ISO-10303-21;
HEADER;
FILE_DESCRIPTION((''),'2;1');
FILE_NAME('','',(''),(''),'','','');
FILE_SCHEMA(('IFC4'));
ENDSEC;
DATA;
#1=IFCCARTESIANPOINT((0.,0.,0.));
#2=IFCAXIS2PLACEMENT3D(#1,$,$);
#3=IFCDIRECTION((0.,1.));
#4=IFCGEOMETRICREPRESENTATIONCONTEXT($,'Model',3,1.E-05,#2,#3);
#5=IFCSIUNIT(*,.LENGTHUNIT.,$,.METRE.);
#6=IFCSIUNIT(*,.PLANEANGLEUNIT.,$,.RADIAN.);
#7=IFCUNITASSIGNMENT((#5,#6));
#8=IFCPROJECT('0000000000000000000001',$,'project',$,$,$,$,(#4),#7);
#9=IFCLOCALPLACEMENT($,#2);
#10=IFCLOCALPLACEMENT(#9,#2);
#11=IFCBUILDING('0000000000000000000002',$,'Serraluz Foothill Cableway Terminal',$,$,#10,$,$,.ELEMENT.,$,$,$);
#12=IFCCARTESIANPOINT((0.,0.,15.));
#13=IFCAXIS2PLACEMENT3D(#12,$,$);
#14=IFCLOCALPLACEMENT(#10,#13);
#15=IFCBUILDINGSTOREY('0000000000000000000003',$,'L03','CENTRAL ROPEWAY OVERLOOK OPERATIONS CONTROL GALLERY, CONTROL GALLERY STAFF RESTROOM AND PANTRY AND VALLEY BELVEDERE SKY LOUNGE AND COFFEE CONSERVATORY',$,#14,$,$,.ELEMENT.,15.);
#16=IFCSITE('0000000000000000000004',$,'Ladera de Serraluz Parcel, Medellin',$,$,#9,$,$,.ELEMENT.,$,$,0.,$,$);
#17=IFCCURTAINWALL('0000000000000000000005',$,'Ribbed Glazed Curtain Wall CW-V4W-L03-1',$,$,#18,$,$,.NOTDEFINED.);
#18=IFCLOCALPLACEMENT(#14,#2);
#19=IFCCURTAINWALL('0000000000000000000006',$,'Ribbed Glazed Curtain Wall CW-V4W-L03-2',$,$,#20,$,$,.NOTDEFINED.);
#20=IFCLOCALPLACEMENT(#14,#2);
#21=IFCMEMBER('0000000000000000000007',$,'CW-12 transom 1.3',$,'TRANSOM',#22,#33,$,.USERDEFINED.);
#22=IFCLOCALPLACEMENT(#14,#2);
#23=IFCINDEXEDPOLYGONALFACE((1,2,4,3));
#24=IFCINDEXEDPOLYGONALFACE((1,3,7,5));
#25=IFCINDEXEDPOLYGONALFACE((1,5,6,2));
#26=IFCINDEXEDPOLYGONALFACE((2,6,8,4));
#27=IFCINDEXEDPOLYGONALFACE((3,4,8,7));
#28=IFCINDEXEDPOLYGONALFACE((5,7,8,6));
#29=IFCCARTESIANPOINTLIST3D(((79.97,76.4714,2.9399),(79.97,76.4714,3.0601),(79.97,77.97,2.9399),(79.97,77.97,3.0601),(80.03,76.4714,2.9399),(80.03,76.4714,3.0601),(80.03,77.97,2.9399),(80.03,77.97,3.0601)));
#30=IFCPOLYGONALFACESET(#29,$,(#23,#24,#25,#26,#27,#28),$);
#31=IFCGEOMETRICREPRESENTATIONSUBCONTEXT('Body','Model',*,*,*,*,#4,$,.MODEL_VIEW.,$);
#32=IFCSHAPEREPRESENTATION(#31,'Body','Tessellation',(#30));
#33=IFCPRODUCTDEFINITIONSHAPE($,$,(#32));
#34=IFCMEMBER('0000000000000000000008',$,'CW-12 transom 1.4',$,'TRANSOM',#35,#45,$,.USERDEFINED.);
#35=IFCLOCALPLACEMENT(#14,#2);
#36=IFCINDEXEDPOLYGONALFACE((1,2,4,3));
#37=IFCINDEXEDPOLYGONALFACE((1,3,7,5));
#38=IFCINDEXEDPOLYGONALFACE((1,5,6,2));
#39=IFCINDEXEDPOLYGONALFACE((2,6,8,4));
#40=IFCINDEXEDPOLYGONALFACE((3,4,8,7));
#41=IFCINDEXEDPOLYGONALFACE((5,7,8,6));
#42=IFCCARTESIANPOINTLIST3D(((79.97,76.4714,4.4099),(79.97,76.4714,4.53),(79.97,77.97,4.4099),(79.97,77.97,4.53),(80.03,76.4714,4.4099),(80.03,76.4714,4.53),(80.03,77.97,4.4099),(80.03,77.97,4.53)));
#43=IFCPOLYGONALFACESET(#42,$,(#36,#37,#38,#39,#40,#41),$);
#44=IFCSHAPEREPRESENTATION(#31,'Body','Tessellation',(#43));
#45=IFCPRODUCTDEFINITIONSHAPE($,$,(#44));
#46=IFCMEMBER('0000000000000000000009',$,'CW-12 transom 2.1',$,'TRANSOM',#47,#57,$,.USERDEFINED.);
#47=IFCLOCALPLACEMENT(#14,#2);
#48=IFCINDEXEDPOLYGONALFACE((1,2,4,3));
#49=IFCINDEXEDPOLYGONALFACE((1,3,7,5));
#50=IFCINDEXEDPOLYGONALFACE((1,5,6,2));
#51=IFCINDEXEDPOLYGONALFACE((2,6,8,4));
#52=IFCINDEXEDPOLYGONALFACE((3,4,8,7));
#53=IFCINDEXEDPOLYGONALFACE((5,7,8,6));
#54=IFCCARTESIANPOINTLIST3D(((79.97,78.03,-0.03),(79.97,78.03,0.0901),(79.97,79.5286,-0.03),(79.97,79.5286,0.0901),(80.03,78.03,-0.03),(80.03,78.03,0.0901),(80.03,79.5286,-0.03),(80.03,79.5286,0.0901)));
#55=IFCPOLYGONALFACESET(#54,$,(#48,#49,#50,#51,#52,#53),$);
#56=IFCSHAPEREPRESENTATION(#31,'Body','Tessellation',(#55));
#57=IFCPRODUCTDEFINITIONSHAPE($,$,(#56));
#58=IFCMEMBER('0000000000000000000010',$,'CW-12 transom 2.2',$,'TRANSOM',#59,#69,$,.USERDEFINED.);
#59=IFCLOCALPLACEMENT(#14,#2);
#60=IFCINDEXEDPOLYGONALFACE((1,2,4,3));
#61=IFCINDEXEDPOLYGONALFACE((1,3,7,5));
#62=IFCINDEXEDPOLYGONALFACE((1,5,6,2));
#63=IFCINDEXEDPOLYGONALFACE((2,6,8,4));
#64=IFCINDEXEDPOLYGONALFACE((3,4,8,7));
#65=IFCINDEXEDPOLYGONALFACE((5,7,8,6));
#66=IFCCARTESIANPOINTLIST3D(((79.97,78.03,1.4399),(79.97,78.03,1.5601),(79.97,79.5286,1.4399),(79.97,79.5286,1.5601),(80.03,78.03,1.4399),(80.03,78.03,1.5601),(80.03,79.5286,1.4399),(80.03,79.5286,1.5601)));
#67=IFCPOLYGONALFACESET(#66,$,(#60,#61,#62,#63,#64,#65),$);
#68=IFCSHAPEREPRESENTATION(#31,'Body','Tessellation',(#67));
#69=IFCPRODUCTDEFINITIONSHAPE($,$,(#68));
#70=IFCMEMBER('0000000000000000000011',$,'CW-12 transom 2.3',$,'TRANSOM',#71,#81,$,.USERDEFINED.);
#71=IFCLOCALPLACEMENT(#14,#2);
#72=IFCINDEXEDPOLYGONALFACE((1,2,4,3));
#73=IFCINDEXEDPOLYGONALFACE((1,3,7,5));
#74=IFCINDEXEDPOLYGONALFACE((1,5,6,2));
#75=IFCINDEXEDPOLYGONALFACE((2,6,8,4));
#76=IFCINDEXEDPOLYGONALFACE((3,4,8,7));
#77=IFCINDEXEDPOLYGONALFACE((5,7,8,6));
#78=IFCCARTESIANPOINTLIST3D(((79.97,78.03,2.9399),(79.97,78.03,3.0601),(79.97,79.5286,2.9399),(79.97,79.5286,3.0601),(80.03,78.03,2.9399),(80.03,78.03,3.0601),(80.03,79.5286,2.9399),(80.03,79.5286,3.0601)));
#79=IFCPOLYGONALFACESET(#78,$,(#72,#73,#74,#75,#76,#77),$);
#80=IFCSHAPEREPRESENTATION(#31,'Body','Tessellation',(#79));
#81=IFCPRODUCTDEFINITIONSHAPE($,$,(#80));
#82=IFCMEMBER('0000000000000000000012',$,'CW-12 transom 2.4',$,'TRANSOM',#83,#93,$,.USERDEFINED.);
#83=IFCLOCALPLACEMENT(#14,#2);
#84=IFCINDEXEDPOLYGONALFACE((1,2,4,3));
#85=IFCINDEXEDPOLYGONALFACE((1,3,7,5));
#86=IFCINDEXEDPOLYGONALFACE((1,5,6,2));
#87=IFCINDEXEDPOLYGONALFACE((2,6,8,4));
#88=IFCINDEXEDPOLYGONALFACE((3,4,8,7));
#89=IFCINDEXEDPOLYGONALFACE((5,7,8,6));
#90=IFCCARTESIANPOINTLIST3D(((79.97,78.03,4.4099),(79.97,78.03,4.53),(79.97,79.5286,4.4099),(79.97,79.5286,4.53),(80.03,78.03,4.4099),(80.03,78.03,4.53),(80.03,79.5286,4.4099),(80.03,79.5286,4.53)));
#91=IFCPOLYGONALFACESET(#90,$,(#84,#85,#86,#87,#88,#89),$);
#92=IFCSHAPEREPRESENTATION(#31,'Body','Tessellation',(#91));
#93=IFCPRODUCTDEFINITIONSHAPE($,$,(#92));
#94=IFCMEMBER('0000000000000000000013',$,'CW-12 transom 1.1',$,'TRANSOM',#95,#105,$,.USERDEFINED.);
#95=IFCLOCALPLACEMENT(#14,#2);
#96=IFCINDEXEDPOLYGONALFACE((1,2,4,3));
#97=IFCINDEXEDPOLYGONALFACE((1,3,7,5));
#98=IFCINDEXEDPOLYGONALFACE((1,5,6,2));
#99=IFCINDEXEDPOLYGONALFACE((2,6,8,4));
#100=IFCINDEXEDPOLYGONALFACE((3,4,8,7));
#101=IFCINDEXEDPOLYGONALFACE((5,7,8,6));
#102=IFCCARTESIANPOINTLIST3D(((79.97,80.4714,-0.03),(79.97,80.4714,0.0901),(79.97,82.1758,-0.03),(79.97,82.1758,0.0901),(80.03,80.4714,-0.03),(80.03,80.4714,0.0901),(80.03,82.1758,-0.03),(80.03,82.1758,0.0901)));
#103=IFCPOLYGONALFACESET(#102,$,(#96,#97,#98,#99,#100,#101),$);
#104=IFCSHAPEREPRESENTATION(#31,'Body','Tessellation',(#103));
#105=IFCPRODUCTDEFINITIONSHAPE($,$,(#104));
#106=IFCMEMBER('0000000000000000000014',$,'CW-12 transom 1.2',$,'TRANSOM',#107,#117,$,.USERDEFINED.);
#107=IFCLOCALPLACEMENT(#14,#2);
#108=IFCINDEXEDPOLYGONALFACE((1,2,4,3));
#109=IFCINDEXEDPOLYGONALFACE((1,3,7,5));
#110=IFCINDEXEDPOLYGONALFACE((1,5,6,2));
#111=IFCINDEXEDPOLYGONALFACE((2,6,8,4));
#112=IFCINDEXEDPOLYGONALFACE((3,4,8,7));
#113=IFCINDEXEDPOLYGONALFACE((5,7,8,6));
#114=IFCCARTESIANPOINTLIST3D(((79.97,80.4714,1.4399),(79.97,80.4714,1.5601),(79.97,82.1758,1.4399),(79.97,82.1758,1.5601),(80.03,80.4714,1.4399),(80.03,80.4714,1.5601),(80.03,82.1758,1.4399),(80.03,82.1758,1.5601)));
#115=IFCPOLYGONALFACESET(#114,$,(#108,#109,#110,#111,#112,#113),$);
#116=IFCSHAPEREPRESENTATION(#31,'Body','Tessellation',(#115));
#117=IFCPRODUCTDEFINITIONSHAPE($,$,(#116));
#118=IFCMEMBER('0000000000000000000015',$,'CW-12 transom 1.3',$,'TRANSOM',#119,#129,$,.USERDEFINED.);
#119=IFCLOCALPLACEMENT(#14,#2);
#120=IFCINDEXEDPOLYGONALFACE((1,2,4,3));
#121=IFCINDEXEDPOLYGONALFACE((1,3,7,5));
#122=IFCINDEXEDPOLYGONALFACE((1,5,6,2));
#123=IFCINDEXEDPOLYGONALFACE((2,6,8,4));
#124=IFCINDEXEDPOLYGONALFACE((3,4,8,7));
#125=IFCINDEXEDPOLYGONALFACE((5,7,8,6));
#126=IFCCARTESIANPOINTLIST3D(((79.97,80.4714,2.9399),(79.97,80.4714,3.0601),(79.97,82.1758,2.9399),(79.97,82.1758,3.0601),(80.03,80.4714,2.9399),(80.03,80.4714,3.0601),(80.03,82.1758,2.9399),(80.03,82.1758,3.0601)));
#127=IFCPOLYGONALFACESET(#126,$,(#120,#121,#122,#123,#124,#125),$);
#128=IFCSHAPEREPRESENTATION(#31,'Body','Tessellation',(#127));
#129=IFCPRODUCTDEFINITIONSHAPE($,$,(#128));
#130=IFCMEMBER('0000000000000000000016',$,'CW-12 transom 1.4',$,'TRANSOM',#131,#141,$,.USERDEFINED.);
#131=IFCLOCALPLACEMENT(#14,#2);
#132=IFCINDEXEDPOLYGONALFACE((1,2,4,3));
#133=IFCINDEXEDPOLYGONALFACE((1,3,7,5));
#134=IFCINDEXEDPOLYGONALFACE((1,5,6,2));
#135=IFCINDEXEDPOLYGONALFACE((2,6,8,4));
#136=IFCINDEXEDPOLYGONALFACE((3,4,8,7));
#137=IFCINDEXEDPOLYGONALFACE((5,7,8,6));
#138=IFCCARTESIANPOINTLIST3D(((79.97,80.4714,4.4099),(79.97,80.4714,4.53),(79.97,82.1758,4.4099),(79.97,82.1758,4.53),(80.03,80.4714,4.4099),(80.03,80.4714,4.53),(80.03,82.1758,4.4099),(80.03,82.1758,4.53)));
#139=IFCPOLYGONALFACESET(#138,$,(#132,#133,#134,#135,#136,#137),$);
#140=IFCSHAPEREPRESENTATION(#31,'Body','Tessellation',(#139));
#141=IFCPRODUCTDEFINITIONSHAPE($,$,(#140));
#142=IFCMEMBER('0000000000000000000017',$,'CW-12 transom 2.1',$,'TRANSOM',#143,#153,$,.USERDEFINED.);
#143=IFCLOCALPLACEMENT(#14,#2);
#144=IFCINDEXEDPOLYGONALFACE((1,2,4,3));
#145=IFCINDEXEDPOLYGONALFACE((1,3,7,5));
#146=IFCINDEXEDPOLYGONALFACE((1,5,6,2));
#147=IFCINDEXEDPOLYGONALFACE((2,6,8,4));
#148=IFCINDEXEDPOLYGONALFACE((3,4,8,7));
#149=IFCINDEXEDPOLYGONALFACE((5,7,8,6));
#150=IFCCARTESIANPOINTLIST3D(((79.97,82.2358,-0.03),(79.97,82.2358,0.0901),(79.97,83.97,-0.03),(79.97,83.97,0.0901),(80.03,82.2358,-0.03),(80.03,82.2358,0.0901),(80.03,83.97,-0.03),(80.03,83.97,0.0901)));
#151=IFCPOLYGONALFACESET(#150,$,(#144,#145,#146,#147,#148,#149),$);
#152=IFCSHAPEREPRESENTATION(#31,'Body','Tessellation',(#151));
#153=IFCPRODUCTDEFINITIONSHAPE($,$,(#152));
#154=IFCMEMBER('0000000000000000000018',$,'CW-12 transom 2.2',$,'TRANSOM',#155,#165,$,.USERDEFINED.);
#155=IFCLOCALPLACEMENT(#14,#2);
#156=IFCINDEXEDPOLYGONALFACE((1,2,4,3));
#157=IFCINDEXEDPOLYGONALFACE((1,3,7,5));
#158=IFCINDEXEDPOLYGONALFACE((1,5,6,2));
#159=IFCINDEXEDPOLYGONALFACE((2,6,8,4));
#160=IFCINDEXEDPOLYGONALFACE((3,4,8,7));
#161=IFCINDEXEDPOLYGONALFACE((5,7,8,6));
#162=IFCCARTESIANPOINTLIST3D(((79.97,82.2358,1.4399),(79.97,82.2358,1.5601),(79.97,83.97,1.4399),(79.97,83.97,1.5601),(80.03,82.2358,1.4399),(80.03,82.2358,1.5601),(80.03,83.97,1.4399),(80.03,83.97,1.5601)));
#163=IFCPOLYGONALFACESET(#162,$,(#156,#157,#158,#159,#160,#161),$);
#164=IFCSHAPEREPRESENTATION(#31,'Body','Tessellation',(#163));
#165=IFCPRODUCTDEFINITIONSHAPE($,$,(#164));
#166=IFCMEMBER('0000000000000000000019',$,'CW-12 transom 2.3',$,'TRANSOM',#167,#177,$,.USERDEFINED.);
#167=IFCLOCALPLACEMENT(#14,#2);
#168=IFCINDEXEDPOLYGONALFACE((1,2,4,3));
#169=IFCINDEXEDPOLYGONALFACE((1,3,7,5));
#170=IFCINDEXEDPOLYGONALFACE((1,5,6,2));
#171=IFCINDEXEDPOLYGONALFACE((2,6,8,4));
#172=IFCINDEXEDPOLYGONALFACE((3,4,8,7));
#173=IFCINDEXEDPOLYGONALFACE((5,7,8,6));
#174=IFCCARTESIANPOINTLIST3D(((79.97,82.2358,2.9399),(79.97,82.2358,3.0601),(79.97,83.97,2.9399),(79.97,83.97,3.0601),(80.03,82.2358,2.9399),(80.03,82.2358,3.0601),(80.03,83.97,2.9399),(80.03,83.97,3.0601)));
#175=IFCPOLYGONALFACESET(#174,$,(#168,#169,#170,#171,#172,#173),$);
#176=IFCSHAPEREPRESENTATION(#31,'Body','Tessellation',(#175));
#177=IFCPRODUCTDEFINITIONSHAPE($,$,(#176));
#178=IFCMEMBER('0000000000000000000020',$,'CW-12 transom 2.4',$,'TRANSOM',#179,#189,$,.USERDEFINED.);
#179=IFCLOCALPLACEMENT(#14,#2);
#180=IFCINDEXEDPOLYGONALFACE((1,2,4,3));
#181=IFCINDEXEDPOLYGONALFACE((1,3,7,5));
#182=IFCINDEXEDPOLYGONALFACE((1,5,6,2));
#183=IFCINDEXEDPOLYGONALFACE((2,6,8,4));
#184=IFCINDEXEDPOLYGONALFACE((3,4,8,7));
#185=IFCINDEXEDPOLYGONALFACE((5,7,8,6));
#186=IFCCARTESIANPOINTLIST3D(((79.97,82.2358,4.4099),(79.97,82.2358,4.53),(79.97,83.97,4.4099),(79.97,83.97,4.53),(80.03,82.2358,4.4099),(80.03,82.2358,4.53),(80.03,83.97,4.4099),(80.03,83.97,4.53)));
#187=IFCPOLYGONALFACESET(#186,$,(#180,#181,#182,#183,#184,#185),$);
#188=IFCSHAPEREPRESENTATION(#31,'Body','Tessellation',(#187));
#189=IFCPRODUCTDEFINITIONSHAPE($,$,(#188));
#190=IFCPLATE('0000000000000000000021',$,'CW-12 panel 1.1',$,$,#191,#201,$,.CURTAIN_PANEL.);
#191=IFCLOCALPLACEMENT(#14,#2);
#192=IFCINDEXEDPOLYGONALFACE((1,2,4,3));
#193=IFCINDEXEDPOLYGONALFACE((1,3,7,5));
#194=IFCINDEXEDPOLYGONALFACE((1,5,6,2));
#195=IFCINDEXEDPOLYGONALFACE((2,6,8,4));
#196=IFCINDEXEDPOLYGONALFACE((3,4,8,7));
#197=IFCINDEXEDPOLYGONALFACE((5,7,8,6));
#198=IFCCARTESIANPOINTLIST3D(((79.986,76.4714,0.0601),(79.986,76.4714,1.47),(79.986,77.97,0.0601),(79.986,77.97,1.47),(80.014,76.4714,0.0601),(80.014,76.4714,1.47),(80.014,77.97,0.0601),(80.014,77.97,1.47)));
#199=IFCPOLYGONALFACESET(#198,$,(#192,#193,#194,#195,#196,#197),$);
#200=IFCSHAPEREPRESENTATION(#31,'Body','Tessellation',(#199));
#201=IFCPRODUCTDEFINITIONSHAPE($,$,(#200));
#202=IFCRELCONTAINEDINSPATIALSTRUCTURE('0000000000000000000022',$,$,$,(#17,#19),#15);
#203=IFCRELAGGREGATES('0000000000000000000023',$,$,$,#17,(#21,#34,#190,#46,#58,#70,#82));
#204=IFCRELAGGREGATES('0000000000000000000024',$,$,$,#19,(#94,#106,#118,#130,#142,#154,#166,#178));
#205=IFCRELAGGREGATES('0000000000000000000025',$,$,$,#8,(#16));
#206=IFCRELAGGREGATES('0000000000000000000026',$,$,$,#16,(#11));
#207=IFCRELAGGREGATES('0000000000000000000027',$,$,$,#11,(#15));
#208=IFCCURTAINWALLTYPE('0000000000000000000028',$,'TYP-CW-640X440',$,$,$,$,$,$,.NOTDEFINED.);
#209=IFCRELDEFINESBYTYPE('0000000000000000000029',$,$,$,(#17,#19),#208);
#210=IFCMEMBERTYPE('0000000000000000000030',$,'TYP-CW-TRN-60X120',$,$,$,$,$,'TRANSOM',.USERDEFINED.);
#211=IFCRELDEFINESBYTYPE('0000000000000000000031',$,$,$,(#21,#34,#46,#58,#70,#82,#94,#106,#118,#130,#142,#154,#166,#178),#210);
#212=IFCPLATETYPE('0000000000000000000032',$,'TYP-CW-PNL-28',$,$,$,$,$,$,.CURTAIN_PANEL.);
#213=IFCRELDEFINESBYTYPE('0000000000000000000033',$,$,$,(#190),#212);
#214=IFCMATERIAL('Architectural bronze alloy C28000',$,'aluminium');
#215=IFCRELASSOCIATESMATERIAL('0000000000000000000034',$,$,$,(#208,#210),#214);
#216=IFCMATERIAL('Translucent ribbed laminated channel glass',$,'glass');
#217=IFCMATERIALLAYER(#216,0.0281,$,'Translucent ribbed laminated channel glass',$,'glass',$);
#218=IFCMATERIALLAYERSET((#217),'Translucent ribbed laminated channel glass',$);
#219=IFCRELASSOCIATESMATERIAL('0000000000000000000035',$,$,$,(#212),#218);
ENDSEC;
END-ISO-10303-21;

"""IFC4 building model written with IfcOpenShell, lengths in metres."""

from ifc_helpers import new_model, si_unit, direction, frame, origin, origin_2d, place, context, subcontext, project, spatial, rectangle, extrude, material, layer, layer_set, material_profile, profile_set, type_object, element, aggregate, save


model = new_model("IFC4")

# Units and contexts
model_context = context("Model", 3, precision=1e-05, world=origin(), true_north=direction((0.0, 1.0)))
body_context = subcontext(model_context, "Body", "Model", "MODEL_VIEW")
ifc_project = project(units=[si_unit("LENGTHUNIT", "METRE"), si_unit("PLANEANGLEUNIT", "RADIAN")], contexts=[model_context])

# Site, building, storey
site_placement = place(None, origin())
site = spatial("IfcSite", under=ifc_project, at=site_placement, Name="Ladera de Serraluz Parcel, Medellin", CompositionType="ELEMENT", RefElevation=0.0)
building_placement = place(site_placement, origin())
building = spatial("IfcBuilding", under=site, at=building_placement, Name="Serraluz Foothill Cableway Terminal", CompositionType="ELEMENT")
storey_placement = place(building_placement, frame((0.0, 0.0, 15.0)))
storey = spatial("IfcBuildingStorey", under=building, at=storey_placement, Name="L03", Description="CENTRAL ROPEWAY OVERLOOK OPERATIONS CONTROL GALLERY, CONTROL GALLERY STAFF RESTROOM AND PANTRY AND VALLEY BELVEDERE SKY LOUNGE AND COFFEE CONSERVATORY", CompositionType="ELEMENT", Elevation=15.0)

# Curtain walls
ifc_material_1 = material(Name="Architectural bronze alloy C28000", Category="aluminium")
curtain_wall_type = type_object("IfcCurtainWallType", Name="TYP-CW-640X440", PredefinedType="NOTDEFINED", material=ifc_material_1)
curtain_wall_1_placement = place(storey_placement, origin())
curtain_wall_1 = element("IfcCurtainWall", 1, at=curtain_wall_1_placement, inside=storey, type_object=curtain_wall_type, Name="Ribbed Glazed Curtain Wall CW-V4W-L03-1", PredefinedType="NOTDEFINED")
curtain_wall_2_placement = place(storey_placement, origin())
curtain_wall_2 = element("IfcCurtainWall", 2, at=curtain_wall_2_placement, inside=storey, type_object=curtain_wall_type, Name="Ribbed Glazed Curtain Wall CW-V4W-L03-2", PredefinedType="NOTDEFINED")

# Members
ifc_material_profile_1 = material_profile(ifc_material_1, rectangle(XDim=0.0601, YDim=0.1201, at=origin_2d()), Name="ALU TRANSOM 60x120")
ifc_profile_set_1 = profile_set([ifc_material_profile_1], Name="Architectural bronze alloy C28000")
member_type_1 = type_object("IfcMemberType", Name="TYP-CW-TRN-60X120", ElementType="TRANSOM", PredefinedType="USERDEFINED", material=ifc_profile_set_1)
member_1_placement = place(storey_placement, frame((80.0, 76.4714, 3.0), z_axis=(0.0, 1.0, 0.0), x_axis=(-1.0, 0.0, 0.0)))
member_1 = element("IfcMember", 3, at=member_1_placement, type_object=member_type_1, Name="CW-12 transom 1.3", ObjectType="TRANSOM", PredefinedType="USERDEFINED", context=body_context, shape_type="SweptSolid", body=[
    extrude(rectangle(XDim=0.0601, YDim=0.1201, at=origin_2d()), origin(), (0.0, 0.0, 1.0), 1.4985),
])
member_2_placement = place(storey_placement, frame((80.0, 76.4714, 4.47), z_axis=(0.0, 1.0, 0.0), x_axis=(-1.0, 0.0, 0.0)))
member_2 = element("IfcMember", 4, at=member_2_placement, type_object=member_type_1, Name="CW-12 transom 1.4", ObjectType="TRANSOM", PredefinedType="USERDEFINED", context=body_context, shape_type="SweptSolid", body=[
    extrude(rectangle(XDim=0.0601, YDim=0.1201, at=origin_2d()), origin(), (0.0, 0.0, 1.0), 1.4985),
])
member_3_placement = place(storey_placement, frame((80.0, 78.03, 0.03), z_axis=(0.0, 1.0, 0.0), x_axis=(-1.0, 0.0, 0.0)))
member_3 = element("IfcMember", 5, at=member_3_placement, type_object=member_type_1, Name="CW-12 transom 2.1", ObjectType="TRANSOM", PredefinedType="USERDEFINED", context=body_context, shape_type="SweptSolid", body=[
    extrude(rectangle(XDim=0.0601, YDim=0.1201, at=origin_2d()), origin(), (0.0, 0.0, 1.0), 1.4985),
])
member_4_placement = place(storey_placement, frame((80.0, 78.03, 1.5), z_axis=(0.0, 1.0, 0.0), x_axis=(-1.0, 0.0, 0.0)))
member_4 = element("IfcMember", 6, at=member_4_placement, type_object=member_type_1, Name="CW-12 transom 2.2", ObjectType="TRANSOM", PredefinedType="USERDEFINED", context=body_context, shape_type="SweptSolid", body=[
    extrude(rectangle(XDim=0.0601, YDim=0.1201, at=origin_2d()), origin(), (0.0, 0.0, 1.0), 1.4985),
])
member_5_placement = place(storey_placement, frame((80.0, 78.03, 3.0), z_axis=(0.0, 1.0, 0.0), x_axis=(-1.0, 0.0, 0.0)))
member_5 = element("IfcMember", 7, at=member_5_placement, type_object=member_type_1, Name="CW-12 transom 2.3", ObjectType="TRANSOM", PredefinedType="USERDEFINED", context=body_context, shape_type="SweptSolid", body=[
    extrude(rectangle(XDim=0.0601, YDim=0.1201, at=origin_2d()), origin(), (0.0, 0.0, 1.0), 1.4985),
])
member_6_placement = place(storey_placement, frame((80.0, 78.03, 4.47), z_axis=(0.0, 1.0, 0.0), x_axis=(-1.0, 0.0, 0.0)))
member_6 = element("IfcMember", 8, at=member_6_placement, type_object=member_type_1, Name="CW-12 transom 2.4", ObjectType="TRANSOM", PredefinedType="USERDEFINED", context=body_context, shape_type="SweptSolid", body=[
    extrude(rectangle(XDim=0.0601, YDim=0.1201, at=origin_2d()), origin(), (0.0, 0.0, 1.0), 1.4985),
])
member_7_placement = place(storey_placement, frame((80.0, 80.4714, 0.03), z_axis=(0.0, 1.0, 0.0), x_axis=(-1.0, 0.0, 0.0)))
member_7 = element("IfcMember", 9, at=member_7_placement, type_object=member_type_1, Name="CW-12 transom 1.1", ObjectType="TRANSOM", PredefinedType="USERDEFINED", context=body_context, shape_type="SweptSolid", body=[
    extrude(rectangle(XDim=0.0601, YDim=0.1201, at=origin_2d()), origin(), (0.0, 0.0, 1.0), 1.7043),
])
member_8_placement = place(storey_placement, frame((80.0, 80.4714, 1.5), z_axis=(0.0, 1.0, 0.0), x_axis=(-1.0, 0.0, 0.0)))
member_8 = element("IfcMember", 10, at=member_8_placement, type_object=member_type_1, Name="CW-12 transom 1.2", ObjectType="TRANSOM", PredefinedType="USERDEFINED", context=body_context, shape_type="SweptSolid", body=[
    extrude(rectangle(XDim=0.0601, YDim=0.1201, at=origin_2d()), origin(), (0.0, 0.0, 1.0), 1.7043),
])
member_9_placement = place(storey_placement, frame((80.0, 80.4714, 3.0), z_axis=(0.0, 1.0, 0.0), x_axis=(-1.0, 0.0, 0.0)))
member_9 = element("IfcMember", 11, at=member_9_placement, type_object=member_type_1, Name="CW-12 transom 1.3", ObjectType="TRANSOM", PredefinedType="USERDEFINED", context=body_context, shape_type="SweptSolid", body=[
    extrude(rectangle(XDim=0.0601, YDim=0.1201, at=origin_2d()), origin(), (0.0, 0.0, 1.0), 1.7043),
])
member_10_placement = place(storey_placement, frame((80.0, 80.4714, 4.47), z_axis=(0.0, 1.0, 0.0), x_axis=(-1.0, 0.0, 0.0)))
member_10 = element("IfcMember", 12, at=member_10_placement, type_object=member_type_1, Name="CW-12 transom 1.4", ObjectType="TRANSOM", PredefinedType="USERDEFINED", context=body_context, shape_type="SweptSolid", body=[
    extrude(rectangle(XDim=0.0601, YDim=0.1201, at=origin_2d()), origin(), (0.0, 0.0, 1.0), 1.7043),
])
member_11_placement = place(storey_placement, frame((80.0, 82.2358, 0.03), z_axis=(0.0, 1.0, 0.0), x_axis=(-1.0, 0.0, 0.0)))
member_11 = element("IfcMember", 13, at=member_11_placement, type_object=member_type_1, Name="CW-12 transom 2.1", ObjectType="TRANSOM", PredefinedType="USERDEFINED", context=body_context, shape_type="SweptSolid", body=[
    extrude(rectangle(XDim=0.0601, YDim=0.1201, at=origin_2d()), origin(), (0.0, 0.0, 1.0), 1.7341),
])
member_12_placement = place(storey_placement, frame((80.0, 82.2358, 1.5), z_axis=(0.0, 1.0, 0.0), x_axis=(-1.0, 0.0, 0.0)))
member_12 = element("IfcMember", 14, at=member_12_placement, type_object=member_type_1, Name="CW-12 transom 2.2", ObjectType="TRANSOM", PredefinedType="USERDEFINED", context=body_context, shape_type="SweptSolid", body=[
    extrude(rectangle(XDim=0.0601, YDim=0.1201, at=origin_2d()), origin(), (0.0, 0.0, 1.0), 1.7341),
])
member_13_placement = place(storey_placement, frame((80.0, 82.2358, 3.0), z_axis=(0.0, 1.0, 0.0), x_axis=(-1.0, 0.0, 0.0)))
member_13 = element("IfcMember", 15, at=member_13_placement, type_object=member_type_1, Name="CW-12 transom 2.3", ObjectType="TRANSOM", PredefinedType="USERDEFINED", context=body_context, shape_type="SweptSolid", body=[
    extrude(rectangle(XDim=0.0601, YDim=0.1201, at=origin_2d()), origin(), (0.0, 0.0, 1.0), 1.7341),
])
member_14_placement = place(storey_placement, frame((80.0, 82.2358, 4.47), z_axis=(0.0, 1.0, 0.0), x_axis=(-1.0, 0.0, 0.0)))
member_14 = element("IfcMember", 16, at=member_14_placement, type_object=member_type_1, Name="CW-12 transom 2.4", ObjectType="TRANSOM", PredefinedType="USERDEFINED", context=body_context, shape_type="SweptSolid", body=[
    extrude(rectangle(XDim=0.0601, YDim=0.1201, at=origin_2d()), origin(), (0.0, 0.0, 1.0), 1.7341),
])

# Plate
ifc_material_2 = material(Name="Translucent ribbed laminated channel glass", Category="glass")
ifc_layer_1 = layer(ifc_material_2, 0.0281, Name="Translucent ribbed laminated channel glass", Category="glass")
ifc_layer_set_1 = layer_set([ifc_layer_1], Name="Translucent ribbed laminated channel glass")
plate_type = type_object("IfcPlateType", Name="TYP-CW-PNL-28", PredefinedType="CURTAIN_PANEL", material=ifc_layer_set_1)
plate_1_placement = place(storey_placement, frame((80.0, 77.2207, 0.0601), z_axis=(0.0, 0.0, 1.0), x_axis=(0.0, 1.0, 0.0)))
plate_1 = element("IfcPlate", 17, at=plate_1_placement, type_object=plate_type, Name="CW-12 panel 1.1", PredefinedType="CURTAIN_PANEL", context=body_context, shape_type="SweptSolid", body=[
    extrude(rectangle(XDim=1.4985, YDim=0.0281, at=origin_2d()), origin(), (0.0, 0.0, 1.0), 1.4099),
])
aggregate(curtain_wall_1, [member_1, member_2, plate_1, member_3, member_4, member_5, member_6])
aggregate(curtain_wall_2, [member_7, member_8, member_9, member_10, member_11, member_12, member_13, member_14])

save(model, "model.ifc")
